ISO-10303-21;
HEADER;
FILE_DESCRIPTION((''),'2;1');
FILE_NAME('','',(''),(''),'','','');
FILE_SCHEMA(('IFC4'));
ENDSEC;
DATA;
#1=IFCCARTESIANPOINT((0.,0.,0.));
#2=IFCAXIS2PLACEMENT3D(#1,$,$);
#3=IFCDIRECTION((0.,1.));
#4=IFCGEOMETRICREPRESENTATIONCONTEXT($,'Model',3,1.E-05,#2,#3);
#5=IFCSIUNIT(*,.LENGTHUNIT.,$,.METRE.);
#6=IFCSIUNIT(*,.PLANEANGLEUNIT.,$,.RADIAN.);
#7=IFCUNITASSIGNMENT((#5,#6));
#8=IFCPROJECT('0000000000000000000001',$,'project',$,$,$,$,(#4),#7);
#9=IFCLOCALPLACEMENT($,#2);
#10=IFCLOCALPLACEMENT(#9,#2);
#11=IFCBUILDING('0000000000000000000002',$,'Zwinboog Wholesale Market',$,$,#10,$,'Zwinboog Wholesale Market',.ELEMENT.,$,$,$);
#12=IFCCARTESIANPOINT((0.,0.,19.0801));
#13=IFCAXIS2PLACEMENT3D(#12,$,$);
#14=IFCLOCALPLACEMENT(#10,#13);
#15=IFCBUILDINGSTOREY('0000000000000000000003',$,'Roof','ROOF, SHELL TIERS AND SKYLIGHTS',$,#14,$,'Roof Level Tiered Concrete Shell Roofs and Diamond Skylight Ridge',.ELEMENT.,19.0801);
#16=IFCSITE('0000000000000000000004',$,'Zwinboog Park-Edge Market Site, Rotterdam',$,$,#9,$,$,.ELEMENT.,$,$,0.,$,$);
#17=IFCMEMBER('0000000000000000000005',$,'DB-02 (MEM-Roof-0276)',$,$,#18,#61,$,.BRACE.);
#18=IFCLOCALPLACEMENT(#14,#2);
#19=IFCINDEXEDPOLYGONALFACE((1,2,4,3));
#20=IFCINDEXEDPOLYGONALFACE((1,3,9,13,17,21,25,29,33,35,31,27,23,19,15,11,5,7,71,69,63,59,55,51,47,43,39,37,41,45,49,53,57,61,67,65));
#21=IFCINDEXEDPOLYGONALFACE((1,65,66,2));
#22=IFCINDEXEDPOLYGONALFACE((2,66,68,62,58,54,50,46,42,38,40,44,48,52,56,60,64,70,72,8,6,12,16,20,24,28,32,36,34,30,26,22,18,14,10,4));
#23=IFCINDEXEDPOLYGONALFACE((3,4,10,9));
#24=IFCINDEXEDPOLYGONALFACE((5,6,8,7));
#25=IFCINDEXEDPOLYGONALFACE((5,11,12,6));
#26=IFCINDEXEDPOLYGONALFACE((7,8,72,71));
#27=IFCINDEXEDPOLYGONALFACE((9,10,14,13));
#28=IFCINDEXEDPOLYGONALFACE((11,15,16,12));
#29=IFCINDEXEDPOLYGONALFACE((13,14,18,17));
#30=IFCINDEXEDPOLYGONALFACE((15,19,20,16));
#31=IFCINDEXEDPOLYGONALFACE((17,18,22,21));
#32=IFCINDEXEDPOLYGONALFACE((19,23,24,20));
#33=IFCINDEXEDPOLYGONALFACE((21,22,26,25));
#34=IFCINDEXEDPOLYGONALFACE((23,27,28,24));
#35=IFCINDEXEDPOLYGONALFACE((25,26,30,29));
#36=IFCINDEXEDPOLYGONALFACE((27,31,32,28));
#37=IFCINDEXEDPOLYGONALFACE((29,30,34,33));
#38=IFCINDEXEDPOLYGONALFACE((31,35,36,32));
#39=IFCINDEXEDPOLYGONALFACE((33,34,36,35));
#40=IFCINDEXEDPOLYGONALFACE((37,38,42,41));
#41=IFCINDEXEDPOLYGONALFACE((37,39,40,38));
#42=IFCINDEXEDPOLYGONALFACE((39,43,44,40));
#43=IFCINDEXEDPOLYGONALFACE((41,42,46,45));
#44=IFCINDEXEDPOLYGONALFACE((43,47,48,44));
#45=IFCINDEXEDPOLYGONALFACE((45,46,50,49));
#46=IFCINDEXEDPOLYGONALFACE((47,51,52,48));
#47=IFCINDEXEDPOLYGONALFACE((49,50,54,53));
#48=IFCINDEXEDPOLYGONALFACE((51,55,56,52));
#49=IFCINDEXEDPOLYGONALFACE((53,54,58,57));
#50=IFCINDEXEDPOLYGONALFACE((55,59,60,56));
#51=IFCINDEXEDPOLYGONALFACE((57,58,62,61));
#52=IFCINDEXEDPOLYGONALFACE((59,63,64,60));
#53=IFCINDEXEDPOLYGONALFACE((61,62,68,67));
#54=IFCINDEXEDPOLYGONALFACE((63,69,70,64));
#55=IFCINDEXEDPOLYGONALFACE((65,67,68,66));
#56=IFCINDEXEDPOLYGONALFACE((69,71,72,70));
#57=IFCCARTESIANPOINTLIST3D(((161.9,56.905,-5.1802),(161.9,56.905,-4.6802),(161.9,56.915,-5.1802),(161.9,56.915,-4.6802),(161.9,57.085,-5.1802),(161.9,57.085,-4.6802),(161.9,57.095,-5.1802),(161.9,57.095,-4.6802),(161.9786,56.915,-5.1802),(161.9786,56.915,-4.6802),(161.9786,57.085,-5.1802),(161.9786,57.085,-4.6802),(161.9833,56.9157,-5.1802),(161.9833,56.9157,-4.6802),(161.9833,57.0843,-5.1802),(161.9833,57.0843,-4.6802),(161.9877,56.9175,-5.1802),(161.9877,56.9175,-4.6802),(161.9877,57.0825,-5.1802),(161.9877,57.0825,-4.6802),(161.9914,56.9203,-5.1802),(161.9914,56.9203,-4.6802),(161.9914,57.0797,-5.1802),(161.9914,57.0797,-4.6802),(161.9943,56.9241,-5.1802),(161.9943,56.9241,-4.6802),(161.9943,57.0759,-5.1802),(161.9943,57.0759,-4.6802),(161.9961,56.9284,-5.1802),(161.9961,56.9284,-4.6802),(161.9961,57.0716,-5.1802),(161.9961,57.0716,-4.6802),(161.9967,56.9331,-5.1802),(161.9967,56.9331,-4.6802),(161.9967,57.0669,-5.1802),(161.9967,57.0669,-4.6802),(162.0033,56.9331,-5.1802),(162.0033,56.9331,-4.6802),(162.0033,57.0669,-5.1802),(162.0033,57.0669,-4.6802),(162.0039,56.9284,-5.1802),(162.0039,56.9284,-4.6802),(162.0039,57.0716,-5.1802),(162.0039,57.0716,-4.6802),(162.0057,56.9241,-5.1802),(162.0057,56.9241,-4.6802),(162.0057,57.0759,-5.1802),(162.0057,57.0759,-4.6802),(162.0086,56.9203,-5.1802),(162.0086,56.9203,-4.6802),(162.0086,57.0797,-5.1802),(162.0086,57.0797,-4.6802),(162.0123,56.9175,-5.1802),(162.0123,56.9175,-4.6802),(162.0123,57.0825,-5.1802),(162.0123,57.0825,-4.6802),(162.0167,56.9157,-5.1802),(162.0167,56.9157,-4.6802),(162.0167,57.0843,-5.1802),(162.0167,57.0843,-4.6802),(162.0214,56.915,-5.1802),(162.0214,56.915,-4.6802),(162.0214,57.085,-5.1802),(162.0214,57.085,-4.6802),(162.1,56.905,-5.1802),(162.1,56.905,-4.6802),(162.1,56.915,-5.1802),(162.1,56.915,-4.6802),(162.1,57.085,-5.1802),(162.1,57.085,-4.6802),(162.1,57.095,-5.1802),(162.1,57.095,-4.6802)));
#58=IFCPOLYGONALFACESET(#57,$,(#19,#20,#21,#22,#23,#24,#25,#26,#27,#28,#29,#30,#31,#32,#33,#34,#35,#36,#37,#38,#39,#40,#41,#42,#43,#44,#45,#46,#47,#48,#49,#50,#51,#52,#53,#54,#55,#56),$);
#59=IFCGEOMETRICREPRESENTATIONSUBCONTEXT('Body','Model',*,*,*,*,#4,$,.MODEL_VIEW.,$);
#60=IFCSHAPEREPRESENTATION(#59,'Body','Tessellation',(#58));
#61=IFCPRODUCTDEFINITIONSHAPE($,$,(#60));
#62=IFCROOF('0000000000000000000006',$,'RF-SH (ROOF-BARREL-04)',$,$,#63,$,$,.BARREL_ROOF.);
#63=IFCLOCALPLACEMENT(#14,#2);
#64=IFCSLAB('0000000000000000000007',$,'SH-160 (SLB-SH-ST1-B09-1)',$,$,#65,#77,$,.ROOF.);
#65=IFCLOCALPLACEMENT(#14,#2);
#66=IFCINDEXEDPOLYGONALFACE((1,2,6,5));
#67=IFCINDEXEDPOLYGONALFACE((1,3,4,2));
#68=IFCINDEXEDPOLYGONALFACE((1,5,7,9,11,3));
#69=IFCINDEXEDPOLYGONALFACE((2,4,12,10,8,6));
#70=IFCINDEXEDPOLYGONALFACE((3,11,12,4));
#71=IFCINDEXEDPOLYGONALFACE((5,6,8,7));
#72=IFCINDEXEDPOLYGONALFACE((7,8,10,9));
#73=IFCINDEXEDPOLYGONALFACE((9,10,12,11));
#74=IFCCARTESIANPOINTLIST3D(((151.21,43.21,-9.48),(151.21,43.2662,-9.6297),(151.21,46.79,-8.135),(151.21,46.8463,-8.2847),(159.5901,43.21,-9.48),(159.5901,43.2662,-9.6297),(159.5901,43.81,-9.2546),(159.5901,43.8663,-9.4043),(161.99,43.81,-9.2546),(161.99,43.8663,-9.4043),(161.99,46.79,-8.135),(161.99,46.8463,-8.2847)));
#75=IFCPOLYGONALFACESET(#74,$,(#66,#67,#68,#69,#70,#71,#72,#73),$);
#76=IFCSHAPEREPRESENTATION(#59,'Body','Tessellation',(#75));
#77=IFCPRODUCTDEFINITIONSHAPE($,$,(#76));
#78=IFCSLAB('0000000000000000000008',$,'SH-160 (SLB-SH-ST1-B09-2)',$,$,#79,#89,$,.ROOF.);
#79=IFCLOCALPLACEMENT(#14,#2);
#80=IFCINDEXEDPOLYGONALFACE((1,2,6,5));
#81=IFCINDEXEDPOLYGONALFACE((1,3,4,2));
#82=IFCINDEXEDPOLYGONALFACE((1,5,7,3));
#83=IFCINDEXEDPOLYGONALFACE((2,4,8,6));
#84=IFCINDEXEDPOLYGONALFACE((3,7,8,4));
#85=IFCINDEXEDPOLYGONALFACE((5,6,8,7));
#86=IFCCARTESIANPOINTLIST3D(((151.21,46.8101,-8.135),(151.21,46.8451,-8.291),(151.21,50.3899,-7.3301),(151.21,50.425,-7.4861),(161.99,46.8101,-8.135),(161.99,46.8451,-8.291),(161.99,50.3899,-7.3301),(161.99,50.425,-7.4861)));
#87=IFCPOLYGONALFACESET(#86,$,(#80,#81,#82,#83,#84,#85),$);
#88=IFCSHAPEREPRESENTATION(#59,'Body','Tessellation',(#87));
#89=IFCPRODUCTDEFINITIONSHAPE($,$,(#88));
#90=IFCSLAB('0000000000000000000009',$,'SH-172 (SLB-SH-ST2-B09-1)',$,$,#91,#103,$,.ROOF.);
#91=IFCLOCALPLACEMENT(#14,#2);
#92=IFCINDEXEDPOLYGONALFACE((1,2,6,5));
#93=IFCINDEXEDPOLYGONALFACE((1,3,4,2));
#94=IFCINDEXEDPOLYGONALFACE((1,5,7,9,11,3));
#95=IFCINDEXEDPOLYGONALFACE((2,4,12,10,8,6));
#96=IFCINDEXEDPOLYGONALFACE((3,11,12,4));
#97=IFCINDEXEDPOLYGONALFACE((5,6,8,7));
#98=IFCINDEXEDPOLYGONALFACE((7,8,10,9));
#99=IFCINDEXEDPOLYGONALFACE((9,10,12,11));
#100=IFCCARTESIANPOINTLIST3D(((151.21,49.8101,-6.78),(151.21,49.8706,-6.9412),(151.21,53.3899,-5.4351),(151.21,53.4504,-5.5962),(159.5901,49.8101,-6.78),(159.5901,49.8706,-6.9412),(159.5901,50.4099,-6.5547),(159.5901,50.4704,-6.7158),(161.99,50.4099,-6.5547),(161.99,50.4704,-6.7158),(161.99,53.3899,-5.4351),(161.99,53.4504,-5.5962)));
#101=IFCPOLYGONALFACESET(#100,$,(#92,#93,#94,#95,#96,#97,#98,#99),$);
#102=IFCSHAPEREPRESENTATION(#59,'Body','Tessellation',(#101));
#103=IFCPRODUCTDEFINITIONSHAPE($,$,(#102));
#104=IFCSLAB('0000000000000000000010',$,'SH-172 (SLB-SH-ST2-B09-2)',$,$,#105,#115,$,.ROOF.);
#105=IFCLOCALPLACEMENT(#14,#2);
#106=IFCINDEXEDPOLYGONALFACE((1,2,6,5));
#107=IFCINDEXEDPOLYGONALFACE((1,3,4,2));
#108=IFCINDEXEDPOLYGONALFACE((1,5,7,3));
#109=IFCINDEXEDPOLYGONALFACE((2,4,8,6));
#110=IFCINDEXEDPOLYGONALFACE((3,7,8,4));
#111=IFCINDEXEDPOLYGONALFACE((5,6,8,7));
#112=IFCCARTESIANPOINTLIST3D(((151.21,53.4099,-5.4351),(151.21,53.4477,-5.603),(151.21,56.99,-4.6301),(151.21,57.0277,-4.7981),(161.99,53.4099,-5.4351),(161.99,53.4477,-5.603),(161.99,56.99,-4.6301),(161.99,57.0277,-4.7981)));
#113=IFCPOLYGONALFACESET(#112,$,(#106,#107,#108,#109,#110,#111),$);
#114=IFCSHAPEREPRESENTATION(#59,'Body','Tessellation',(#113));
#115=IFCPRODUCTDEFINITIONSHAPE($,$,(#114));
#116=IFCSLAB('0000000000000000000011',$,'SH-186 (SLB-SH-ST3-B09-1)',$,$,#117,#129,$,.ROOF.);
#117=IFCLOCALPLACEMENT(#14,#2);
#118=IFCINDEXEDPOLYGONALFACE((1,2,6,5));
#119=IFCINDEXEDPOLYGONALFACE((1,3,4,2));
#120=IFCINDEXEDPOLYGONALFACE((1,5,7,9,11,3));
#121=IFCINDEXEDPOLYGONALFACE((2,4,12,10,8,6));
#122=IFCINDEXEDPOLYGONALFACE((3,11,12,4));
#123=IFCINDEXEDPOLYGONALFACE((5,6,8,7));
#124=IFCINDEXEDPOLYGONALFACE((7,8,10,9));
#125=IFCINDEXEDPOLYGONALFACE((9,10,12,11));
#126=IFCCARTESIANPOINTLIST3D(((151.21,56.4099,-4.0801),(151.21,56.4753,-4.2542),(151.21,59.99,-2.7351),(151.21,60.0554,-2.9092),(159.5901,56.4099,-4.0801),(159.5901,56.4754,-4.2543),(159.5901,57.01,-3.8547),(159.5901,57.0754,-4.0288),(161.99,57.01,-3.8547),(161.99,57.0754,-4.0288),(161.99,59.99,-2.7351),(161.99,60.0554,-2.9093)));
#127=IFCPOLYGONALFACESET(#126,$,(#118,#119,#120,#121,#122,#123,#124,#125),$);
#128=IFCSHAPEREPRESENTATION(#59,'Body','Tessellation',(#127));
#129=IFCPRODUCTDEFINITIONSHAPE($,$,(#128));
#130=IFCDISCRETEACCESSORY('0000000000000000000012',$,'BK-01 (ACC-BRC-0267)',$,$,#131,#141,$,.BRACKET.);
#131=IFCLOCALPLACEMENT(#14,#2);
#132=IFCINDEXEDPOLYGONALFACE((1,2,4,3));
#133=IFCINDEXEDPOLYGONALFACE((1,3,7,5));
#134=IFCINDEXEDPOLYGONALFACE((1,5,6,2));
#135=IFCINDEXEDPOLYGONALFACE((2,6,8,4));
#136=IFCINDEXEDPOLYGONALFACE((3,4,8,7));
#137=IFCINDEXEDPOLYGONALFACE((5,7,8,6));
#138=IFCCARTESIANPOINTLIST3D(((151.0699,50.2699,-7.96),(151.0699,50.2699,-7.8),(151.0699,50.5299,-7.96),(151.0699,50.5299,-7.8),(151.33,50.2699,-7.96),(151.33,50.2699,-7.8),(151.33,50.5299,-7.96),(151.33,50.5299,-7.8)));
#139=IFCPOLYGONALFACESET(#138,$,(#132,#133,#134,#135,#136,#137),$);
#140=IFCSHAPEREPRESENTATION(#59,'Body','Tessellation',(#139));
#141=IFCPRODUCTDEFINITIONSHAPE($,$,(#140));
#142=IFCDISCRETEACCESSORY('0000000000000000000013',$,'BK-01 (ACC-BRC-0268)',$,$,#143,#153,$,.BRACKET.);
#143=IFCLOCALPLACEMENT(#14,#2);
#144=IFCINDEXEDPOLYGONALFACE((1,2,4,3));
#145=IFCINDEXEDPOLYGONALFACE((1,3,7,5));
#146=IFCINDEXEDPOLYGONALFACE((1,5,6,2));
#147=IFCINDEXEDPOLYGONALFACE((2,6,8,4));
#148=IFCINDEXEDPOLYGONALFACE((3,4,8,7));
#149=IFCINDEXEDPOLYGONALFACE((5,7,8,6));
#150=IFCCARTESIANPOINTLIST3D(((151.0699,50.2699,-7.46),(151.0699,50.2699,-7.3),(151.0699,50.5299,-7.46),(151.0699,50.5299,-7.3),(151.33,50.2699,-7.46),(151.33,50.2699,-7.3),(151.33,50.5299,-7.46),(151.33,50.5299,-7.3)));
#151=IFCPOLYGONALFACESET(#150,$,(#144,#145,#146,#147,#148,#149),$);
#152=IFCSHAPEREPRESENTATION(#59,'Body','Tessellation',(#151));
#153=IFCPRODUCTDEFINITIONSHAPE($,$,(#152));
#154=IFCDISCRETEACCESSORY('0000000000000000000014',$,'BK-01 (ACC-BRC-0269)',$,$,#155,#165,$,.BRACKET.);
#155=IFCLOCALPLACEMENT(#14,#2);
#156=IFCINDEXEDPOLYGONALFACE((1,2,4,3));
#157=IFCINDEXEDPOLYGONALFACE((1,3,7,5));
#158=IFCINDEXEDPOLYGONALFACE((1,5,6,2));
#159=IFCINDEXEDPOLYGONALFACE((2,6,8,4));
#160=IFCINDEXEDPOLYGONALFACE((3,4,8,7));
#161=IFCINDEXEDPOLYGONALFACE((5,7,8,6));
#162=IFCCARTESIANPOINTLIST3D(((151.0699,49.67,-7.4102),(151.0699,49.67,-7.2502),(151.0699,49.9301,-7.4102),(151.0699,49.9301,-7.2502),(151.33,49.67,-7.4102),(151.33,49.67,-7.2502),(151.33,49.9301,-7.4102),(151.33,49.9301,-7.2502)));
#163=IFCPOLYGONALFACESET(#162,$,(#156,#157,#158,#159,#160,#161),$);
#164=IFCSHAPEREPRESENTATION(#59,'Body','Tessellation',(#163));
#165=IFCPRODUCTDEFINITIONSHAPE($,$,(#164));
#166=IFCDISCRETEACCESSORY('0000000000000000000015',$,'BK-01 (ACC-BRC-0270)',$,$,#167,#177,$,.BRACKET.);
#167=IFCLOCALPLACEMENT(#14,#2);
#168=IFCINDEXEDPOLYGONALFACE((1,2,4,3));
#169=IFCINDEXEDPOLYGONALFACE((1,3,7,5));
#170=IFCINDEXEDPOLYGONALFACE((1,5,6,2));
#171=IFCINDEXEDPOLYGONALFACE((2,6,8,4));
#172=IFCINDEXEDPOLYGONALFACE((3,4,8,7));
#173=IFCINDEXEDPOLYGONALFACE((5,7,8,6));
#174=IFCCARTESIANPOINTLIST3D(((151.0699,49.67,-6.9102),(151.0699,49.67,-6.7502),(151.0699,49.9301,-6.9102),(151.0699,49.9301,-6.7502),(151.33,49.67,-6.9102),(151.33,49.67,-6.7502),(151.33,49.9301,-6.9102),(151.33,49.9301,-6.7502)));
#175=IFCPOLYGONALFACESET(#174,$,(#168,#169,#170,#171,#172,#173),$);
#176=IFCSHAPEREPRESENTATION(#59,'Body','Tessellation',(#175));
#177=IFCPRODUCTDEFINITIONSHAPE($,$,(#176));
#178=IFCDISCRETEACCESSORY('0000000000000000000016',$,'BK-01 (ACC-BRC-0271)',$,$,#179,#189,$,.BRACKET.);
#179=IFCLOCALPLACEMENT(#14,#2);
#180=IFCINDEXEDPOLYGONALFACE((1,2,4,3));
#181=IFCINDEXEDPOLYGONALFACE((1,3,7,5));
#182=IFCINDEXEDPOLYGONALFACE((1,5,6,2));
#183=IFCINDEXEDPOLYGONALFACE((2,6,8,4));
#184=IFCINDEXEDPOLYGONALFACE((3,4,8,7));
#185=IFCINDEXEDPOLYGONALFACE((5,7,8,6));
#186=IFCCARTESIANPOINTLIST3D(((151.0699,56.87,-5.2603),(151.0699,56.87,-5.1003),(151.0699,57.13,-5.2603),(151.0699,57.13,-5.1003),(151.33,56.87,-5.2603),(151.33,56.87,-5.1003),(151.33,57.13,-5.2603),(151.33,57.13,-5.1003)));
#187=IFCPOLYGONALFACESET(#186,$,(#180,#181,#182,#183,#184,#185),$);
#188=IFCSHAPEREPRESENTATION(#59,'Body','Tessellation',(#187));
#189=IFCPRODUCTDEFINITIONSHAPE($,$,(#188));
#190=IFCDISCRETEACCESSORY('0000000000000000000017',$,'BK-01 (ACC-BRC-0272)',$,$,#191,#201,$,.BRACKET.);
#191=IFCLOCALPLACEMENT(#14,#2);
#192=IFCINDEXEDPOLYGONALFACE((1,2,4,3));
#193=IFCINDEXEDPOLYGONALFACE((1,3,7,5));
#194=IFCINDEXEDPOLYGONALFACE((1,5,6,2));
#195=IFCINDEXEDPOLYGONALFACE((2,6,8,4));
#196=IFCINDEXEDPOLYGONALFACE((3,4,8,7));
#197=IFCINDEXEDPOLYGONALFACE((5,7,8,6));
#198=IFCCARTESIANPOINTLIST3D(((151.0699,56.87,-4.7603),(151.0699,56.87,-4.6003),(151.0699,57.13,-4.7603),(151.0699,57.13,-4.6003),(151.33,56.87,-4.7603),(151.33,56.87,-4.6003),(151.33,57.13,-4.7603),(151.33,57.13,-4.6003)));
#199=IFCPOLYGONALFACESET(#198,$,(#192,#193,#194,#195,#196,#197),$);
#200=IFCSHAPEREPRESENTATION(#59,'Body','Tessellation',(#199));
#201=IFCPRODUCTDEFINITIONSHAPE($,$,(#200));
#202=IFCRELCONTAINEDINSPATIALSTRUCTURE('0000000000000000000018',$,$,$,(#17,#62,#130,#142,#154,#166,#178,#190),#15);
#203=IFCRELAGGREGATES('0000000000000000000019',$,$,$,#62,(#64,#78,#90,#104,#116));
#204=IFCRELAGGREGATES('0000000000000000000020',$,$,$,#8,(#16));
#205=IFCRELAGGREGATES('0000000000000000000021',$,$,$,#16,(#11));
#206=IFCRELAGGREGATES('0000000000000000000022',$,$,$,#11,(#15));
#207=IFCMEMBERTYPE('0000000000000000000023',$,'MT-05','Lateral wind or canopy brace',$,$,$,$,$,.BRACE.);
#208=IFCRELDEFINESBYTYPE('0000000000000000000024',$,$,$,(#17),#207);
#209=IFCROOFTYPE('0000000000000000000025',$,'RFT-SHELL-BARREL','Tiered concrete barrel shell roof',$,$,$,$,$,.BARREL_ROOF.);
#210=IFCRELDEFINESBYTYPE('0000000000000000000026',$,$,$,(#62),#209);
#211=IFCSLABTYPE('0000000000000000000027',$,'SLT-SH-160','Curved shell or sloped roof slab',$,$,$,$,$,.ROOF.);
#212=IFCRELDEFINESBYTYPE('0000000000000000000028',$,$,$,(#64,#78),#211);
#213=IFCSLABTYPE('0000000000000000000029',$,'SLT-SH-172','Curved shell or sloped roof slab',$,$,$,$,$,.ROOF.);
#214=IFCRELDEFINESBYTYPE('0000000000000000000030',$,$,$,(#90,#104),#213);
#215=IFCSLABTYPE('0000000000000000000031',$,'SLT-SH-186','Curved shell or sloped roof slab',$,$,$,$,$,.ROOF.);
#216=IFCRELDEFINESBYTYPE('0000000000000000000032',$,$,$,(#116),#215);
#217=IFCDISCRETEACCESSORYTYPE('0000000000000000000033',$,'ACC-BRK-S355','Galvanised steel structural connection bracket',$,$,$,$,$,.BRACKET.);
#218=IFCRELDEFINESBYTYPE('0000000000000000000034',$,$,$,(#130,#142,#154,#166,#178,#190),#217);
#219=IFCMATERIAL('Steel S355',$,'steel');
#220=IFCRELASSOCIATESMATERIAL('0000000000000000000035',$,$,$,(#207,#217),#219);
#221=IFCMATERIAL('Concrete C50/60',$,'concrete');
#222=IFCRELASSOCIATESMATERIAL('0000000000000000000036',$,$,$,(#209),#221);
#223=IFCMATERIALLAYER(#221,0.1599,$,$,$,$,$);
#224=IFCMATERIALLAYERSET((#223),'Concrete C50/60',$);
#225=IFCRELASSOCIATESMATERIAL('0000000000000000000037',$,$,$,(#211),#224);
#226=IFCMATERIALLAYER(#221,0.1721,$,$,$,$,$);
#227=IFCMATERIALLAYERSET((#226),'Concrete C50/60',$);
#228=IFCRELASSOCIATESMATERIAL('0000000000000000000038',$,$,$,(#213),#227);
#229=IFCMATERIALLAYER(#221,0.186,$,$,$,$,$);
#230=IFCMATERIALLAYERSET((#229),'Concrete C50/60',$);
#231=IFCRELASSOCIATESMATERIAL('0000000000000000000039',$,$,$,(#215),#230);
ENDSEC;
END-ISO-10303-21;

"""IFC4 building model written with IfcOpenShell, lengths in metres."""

from ifc_helpers import new_model, si_unit, direction, frame, origin, origin_2d, place, context, subcontext, project, spatial, polyline, rectangle, i_section, outline, extrude, material, layer, layer_set, material_profile, profile_set, type_object, element, aggregate, save


model = new_model("IFC4")

# Units and contexts
model_context = context("Model", 3, precision=1e-05, world=origin(), true_north=direction((0.0, 1.0)))
body_context = subcontext(model_context, "Body", "Model", "MODEL_VIEW")
ifc_project = project(units=[si_unit("LENGTHUNIT", "METRE"), si_unit("PLANEANGLEUNIT", "RADIAN")], contexts=[model_context])

# Site, building, storey
site_placement = place(None, origin())
site = spatial("IfcSite", under=ifc_project, at=site_placement, Name="Zwinboog Park-Edge Market Site, Rotterdam", CompositionType="ELEMENT", RefElevation=0.0)
building_placement = place(site_placement, origin())
building = spatial("IfcBuilding", under=site, at=building_placement, Name="Zwinboog Wholesale Market", LongName="Zwinboog Wholesale Market", CompositionType="ELEMENT")
storey_placement = place(building_placement, frame((0.0, 0.0, 19.0801)))
storey = spatial("IfcBuildingStorey", under=building, at=storey_placement, Name="Roof", Description="ROOF, SHELL TIERS AND SKYLIGHTS", LongName="Roof Level Tiered Concrete Shell Roofs and Diamond Skylight Ridge", CompositionType="ELEMENT", Elevation=19.0801)

# Member
ifc_material_1 = material(Name="Steel S355", Category="steel")
ifc_material_profile_1 = material_profile(ifc_material_1, i_section(OverallWidth=0.2, OverallDepth=0.1899, WebThickness=0.0066, FlangeThickness=0.01, FilletRadius=0.0181, at=origin_2d()), Name="HEA 200")
ifc_profile_set_1 = profile_set([ifc_material_profile_1], Name="Steel S355")
member_type_1 = type_object("IfcMemberType", Name="MT-05", Description="Lateral wind or canopy brace", PredefinedType="BRACE", material=ifc_profile_set_1)
for number, where, z_axis, x_axis, name in (
    (1, (162.0, 57.0, -5.1802), (0.0, 0.0, 1.0), (1.0, 0.0, 0.0), "DB-02 (MEM-Roof-0276)"),
):
    element("IfcMember", number, at=place(storey_placement, frame(where, z_axis=z_axis, x_axis=x_axis)), inside=storey, type_object=member_type_1, Name=name, PredefinedType="BRACE", context=body_context, shape_type="SweptSolid", body=[
        extrude(i_section(OverallWidth=0.2, OverallDepth=0.1899, WebThickness=0.0066, FlangeThickness=0.01, FilletRadius=0.0181, at=origin_2d()), origin(), (0.0, 0.0, 1.0), 0.5),
    ])

# Roof, slabs
ifc_material_2 = material(Name="Concrete C50/60", Category="concrete")
roof_type = type_object("IfcRoofType", Name="RFT-SHELL-BARREL", Description="Tiered concrete barrel shell roof", PredefinedType="BARREL_ROOF", material=ifc_material_2)
roof_placement = place(storey_placement, origin())
roof = element("IfcRoof", 2, at=roof_placement, inside=storey, type_object=roof_type, Name="RF-SH (ROOF-BARREL-04)", PredefinedType="BARREL_ROOF")
ifc_layer_1 = layer(ifc_material_2, 0.1599)
ifc_layer_set_1 = layer_set([ifc_layer_1], Name="Concrete C50/60")
slab_type_1 = type_object("IfcSlabType", Name="SLT-SH-160", Description="Curved shell or sloped roof slab", PredefinedType="ROOF", material=ifc_layer_set_1)
slab_1_placement = place(storey_placement, frame((151.21, 43.21, -9.48), z_axis=(0.000005, -0.351689, 0.936117), x_axis=(1.0, 0.000002, -0.000004)))
slab_1 = element("IfcSlab", 3, at=slab_1_placement, type_object=slab_type_1, Name="SH-160 (SLB-SH-ST1-B09-1)", PredefinedType="ROOF", context=body_context, shape_type="SweptSolid", body=[
    extrude(outline(polyline([(0.0, 0.0), (8.3801, 0.0), (8.3801, 0.641), (10.78, 0.641), (10.78, 3.8244), (0.0, 3.8244), (0.0, 0.0)])), origin(), (0.0, 0.0, -1.0), 0.1599),
])
slab_2_placement = place(storey_placement, frame((151.21, 46.8101, -8.135), z_axis=(0.0, -0.219374, 0.975641), x_axis=(1.0, 0.0, 0.0)))
slab_2 = element("IfcSlab", 4, at=slab_2_placement, type_object=slab_type_1, Name="SH-160 (SLB-SH-ST1-B09-2)", PredefinedType="ROOF", context=body_context, shape_type="SweptSolid", body=[
    extrude(outline(polyline([(0.0, 0.0), (10.78, 0.0), (10.78, 3.6692), (0.0, 3.6692), (0.0, 0.0)])), origin(), (0.0, 0.0, -1.0), 0.1599),
])
ifc_layer_2 = layer(ifc_material_2, 0.1721)
ifc_layer_set_2 = layer_set([ifc_layer_2], Name="Concrete C50/60")
slab_type_2 = type_object("IfcSlabType", Name="SLT-SH-172", Description="Curved shell or sloped roof slab", PredefinedType="ROOF", material=ifc_layer_set_2)
slab_3_placement = place(storey_placement, frame((151.21, 49.8101, -6.78), z_axis=(0.000001, -0.351706, 0.936111), x_axis=(1.0, 0.0, -0.000001)))
slab_3 = element("IfcSlab", 5, at=slab_3_placement, type_object=slab_type_2, Name="SH-172 (SLB-SH-ST2-B09-1)", PredefinedType="ROOF", context=body_context, shape_type="SweptSolid", body=[
    extrude(outline(polyline([(0.0, 0.0), (8.3801, 0.0), (8.3801, 0.6408), (10.78, 0.6408), (10.78, 3.8242), (0.0, 3.8242), (0.0, 0.0)])), origin(), (0.0, 0.0, -1.0), 0.1721),
])
slab_4_placement = place(storey_placement, frame((151.21, 53.4099, -5.4351), z_axis=(0.0, -0.21936, 0.975644), x_axis=(1.0, 0.0, 0.0)))
slab_4 = element("IfcSlab", 6, at=slab_4_placement, type_object=slab_type_2, Name="SH-172 (SLB-SH-ST2-B09-2)", PredefinedType="ROOF", context=body_context, shape_type="SweptSolid", body=[
    extrude(outline(polyline([(0.0, 0.0), (10.78, 0.0), (10.78, 3.6695), (0.0, 3.6695), (0.0, 0.0)])), origin(), (0.0, 0.0, -1.0), 0.1721),
])
ifc_layer_3 = layer(ifc_material_2, 0.186)
ifc_layer_set_3 = layer_set([ifc_layer_3], Name="Concrete C50/60")
slab_type_3 = type_object("IfcSlabType", Name="SLT-SH-186", Description="Curved shell or sloped roof slab", PredefinedType="ROOF", material=ifc_layer_set_3)
slab_5_placement = place(storey_placement, frame((151.21, 56.4099, -4.0801), z_axis=(0.000005, -0.351689, 0.936117), x_axis=(1.0, 0.000002, -0.000004)))
slab_5 = element("IfcSlab", 7, at=slab_5_placement, type_object=slab_type_3, Name="SH-186 (SLB-SH-ST3-B09-1)", PredefinedType="ROOF", context=body_context, shape_type="SweptSolid", body=[
    extrude(outline(polyline([(0.0, 0.0), (8.3801, 0.0), (8.3801, 0.641), (10.78, 0.641), (10.78, 3.8244), (0.0, 3.8244), (0.0, 0.0)])), origin(), (0.0, 0.0, -1.0), 0.186),
])
aggregate(roof, [slab_1, slab_2, slab_3, slab_4, slab_5])

# Discrete accessories
discrete_accessory_type = type_object("IfcDiscreteAccessoryType", Name="ACC-BRK-S355", Description="Galvanised steel structural connection bracket", PredefinedType="BRACKET", material=ifc_material_1)
for number, where, z_axis, x_axis, name in (
    (8, (151.2, 50.3999, -7.96), (0.0, 0.0, 1.0), (1.0, 0.0, 0.0), "BK-01 (ACC-BRC-0267)"),
    (9, (151.2, 50.3999, -7.46), (0.0, 0.0, 1.0), (1.0, 0.0, 0.0), "BK-01 (ACC-BRC-0268)"),
    (10, (151.2, 49.8, -7.4102), (0.0, 0.0, 1.0), (1.0, 0.0, 0.0), "BK-01 (ACC-BRC-0269)"),
    (11, (151.2, 49.8, -6.9102), (0.0, 0.0, 1.0), (1.0, 0.0, 0.0), "BK-01 (ACC-BRC-0270)"),
    (12, (151.2, 57.0, -5.2603), (0.0, 0.0, 1.0), (1.0, 0.0, 0.0), "BK-01 (ACC-BRC-0271)"),
    (13, (151.2, 57.0, -4.7603), (0.0, 0.0, 1.0), (1.0, 0.0, 0.0), "BK-01 (ACC-BRC-0272)"),
):
    element("IfcDiscreteAccessory", number, at=place(storey_placement, frame(where, z_axis=z_axis, x_axis=x_axis)), inside=storey, type_object=discrete_accessory_type, Name=name, PredefinedType="BRACKET", context=body_context, shape_type="SweptSolid", body=[
        extrude(rectangle(XDim=0.26, YDim=0.26, at=origin_2d()), origin(), (0.0, 0.0, 1.0), 0.1599),
    ])

save(model, "model.ifc")
